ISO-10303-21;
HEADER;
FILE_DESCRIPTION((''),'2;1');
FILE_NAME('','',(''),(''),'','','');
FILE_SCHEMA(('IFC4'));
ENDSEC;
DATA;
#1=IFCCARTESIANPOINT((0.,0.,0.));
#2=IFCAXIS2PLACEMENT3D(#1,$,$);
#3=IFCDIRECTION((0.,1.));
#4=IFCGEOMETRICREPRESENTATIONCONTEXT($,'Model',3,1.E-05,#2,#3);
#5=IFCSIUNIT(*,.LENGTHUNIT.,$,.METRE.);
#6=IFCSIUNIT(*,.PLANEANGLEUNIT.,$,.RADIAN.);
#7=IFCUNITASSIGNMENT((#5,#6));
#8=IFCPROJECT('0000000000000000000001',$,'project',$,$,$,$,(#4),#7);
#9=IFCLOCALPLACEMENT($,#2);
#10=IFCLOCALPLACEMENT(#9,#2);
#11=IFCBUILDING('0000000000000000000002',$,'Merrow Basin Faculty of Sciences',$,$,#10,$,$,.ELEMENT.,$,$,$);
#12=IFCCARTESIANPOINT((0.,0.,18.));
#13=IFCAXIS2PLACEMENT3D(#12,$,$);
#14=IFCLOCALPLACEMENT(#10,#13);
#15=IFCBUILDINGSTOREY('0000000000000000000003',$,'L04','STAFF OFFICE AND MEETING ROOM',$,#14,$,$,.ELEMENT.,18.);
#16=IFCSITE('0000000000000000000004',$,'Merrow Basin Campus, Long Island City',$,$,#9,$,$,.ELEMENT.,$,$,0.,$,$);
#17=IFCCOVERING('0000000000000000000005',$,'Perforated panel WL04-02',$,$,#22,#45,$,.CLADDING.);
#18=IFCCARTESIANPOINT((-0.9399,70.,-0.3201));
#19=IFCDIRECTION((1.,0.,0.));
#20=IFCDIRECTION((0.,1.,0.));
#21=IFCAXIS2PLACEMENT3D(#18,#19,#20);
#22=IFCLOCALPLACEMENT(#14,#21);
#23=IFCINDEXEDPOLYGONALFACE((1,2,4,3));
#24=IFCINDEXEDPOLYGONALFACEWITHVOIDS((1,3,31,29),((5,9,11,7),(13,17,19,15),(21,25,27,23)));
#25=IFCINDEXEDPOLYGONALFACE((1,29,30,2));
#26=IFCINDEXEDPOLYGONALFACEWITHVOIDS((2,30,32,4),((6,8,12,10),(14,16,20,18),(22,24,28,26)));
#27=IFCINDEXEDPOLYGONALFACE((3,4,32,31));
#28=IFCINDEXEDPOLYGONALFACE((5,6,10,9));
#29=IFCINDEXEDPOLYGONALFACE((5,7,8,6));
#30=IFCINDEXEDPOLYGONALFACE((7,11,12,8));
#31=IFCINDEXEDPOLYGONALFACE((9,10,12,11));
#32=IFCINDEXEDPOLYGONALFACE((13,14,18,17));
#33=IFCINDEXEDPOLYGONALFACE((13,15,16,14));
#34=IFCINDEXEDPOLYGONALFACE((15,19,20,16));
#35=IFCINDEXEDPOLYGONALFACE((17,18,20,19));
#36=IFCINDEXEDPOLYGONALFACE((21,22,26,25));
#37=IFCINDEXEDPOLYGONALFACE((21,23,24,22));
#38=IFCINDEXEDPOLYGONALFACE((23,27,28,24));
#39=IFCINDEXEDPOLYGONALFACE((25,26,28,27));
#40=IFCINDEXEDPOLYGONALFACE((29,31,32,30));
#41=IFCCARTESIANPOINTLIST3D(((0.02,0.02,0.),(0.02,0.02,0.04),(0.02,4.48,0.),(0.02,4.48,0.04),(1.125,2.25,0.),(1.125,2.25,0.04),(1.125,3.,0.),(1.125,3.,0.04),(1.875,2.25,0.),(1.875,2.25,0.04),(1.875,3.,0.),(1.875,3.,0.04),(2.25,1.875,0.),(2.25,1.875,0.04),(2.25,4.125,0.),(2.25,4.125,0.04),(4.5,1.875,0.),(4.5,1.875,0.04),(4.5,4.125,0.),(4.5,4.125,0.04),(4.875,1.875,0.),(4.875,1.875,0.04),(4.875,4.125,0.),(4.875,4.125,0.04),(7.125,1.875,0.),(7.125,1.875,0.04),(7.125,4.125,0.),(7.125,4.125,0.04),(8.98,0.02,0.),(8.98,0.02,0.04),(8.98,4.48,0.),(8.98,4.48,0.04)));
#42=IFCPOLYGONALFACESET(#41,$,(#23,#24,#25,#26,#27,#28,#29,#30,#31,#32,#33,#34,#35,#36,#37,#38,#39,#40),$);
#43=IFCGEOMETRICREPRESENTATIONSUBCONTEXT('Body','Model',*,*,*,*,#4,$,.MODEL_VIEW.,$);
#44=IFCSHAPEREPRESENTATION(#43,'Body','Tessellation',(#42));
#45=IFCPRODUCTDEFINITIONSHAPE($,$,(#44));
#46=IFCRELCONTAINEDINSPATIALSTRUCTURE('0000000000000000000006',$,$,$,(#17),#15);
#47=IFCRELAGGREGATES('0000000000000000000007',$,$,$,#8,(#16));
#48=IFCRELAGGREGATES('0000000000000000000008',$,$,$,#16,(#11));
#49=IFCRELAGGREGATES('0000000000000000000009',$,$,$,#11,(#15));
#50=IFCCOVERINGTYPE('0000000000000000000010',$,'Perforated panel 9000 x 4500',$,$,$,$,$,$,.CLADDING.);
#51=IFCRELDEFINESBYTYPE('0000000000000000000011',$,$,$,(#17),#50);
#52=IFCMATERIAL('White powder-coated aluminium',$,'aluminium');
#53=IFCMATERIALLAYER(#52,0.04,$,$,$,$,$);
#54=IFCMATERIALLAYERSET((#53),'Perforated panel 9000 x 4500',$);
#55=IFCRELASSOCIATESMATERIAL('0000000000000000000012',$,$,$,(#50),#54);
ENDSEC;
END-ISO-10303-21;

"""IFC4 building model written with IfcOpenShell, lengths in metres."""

from ifc_helpers import new_model, si_unit, direction, frame, origin, place, context, subcontext, project, spatial, polyline, outline, extrude, source, transform, mapped, material, layer, layer_set, type_object, element, save


model = new_model("IFC4")

# Units and contexts
model_context = context("Model", 3, precision=1e-05, world=origin(), true_north=direction((0.0, 1.0)))
body_context = subcontext(model_context, "Body", "Model", "MODEL_VIEW")
ifc_project = project(units=[si_unit("LENGTHUNIT", "METRE"), si_unit("PLANEANGLEUNIT", "RADIAN")], contexts=[model_context])

# Site, building, storey
site_placement = place(None, origin())
site = spatial("IfcSite", under=ifc_project, at=site_placement, Name="Merrow Basin Campus, Long Island City", CompositionType="ELEMENT", RefElevation=0.0)
building_placement = place(site_placement, origin())
building = spatial("IfcBuilding", under=site, at=building_placement, Name="Merrow Basin Faculty of Sciences", CompositionType="ELEMENT")
storey_placement = place(building_placement, frame((0.0, 0.0, 18.0)))
storey = spatial("IfcBuildingStorey", under=building, at=storey_placement, Name="L04", Description="STAFF OFFICE AND MEETING ROOM", CompositionType="ELEMENT", Elevation=18.0)

# Covering
ifc_material_1 = material(Name="White powder-coated aluminium", Category="aluminium")
ifc_layer_1 = layer(ifc_material_1, 0.04)
ifc_layer_set_1 = layer_set([ifc_layer_1], Name="Perforated panel 9000 x 4500")
covering_type_1 = type_object("IfcCoveringType", Name="Perforated panel 9000 x 4500", PredefinedType="CLADDING", material=ifc_layer_set_1)
shared_shape_1 = source(origin(), body_context, "Body", "SweptSolid", [
    extrude(outline(polyline([(0.02, 0.02), (8.98, 0.02), (8.98, 4.48), (0.02, 4.48), (0.02, 0.02)]), holes=[polyline([(2.25, 1.875), (4.5, 1.875), (4.5, 4.125), (2.25, 4.125), (2.25, 1.875)]), polyline([(4.875, 1.875), (7.125, 1.875), (7.125, 4.125), (4.875, 4.125), (4.875, 1.875)]), polyline([(1.125, 2.25), (1.875, 2.25), (1.875, 3.0), (1.125, 3.0), (1.125, 2.25)])]), origin(), (0.0, 0.0, 1.0), 0.04),
])
covering_1_placement = place(storey_placement, frame((-0.9399, 70.0, -0.3201), z_axis=(1.0, 0.0, 0.0), x_axis=(0.0, 1.0, 0.0)))
element("IfcCovering", 1, at=covering_1_placement, inside=storey, type_object=covering_type_1, Name="Perforated panel WL04-02", PredefinedType="CLADDING", context=body_context, shape_type="MappedRepresentation", body=[
    mapped(shared_shape_1, transform((0.0, 0.0, 0.0), scale=1.0)),
])

save(model, "model.ifc")
